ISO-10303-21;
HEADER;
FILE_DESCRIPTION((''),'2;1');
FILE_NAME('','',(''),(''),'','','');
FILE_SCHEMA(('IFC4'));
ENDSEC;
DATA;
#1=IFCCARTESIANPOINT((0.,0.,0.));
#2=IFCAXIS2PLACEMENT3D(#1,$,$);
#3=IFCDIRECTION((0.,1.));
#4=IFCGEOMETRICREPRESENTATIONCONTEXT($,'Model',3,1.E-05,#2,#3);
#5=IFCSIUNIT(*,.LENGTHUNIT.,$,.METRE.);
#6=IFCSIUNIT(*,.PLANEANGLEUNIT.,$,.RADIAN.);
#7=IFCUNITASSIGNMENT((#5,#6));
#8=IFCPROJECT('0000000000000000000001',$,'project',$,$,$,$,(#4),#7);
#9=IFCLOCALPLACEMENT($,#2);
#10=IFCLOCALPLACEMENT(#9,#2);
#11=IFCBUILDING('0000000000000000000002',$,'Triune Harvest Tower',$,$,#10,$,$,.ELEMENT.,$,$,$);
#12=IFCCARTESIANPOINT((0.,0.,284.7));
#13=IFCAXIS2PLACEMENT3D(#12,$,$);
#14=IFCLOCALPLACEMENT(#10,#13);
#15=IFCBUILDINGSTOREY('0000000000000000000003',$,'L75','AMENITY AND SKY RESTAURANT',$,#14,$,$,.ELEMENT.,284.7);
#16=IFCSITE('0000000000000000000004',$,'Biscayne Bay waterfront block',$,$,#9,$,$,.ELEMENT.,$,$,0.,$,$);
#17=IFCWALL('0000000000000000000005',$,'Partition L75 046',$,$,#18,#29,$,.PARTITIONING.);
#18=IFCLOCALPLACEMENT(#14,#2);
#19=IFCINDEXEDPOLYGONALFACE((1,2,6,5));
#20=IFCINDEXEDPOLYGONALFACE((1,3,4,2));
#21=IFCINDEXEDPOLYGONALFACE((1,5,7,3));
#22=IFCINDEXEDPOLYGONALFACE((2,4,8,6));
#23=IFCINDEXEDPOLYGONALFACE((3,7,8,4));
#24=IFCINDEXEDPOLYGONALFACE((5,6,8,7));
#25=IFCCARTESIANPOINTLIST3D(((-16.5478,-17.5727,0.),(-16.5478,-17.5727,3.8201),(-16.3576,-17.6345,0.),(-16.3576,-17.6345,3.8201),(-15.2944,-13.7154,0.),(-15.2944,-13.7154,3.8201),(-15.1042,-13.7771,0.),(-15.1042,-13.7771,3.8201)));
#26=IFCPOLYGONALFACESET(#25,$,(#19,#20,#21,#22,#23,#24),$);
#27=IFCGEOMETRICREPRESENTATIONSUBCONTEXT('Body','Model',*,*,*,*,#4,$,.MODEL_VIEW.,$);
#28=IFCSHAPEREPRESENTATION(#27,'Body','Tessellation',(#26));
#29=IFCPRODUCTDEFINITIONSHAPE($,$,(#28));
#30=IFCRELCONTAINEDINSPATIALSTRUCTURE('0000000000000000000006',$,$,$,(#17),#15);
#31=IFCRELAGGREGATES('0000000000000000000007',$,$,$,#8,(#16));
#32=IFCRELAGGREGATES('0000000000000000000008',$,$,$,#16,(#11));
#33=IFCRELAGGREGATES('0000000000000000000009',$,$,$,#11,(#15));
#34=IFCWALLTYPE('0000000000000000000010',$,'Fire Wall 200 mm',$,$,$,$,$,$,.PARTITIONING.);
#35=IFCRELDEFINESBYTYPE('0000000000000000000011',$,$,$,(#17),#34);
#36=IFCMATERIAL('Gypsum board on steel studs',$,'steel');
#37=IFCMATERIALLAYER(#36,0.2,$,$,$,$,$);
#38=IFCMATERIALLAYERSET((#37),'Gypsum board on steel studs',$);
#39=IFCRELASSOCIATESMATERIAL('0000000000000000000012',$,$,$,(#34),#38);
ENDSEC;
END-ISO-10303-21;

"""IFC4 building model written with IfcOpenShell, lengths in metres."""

from ifc_helpers import new_model, si_unit, direction, frame, frame_2d, origin, place, context, subcontext, project, spatial, rectangle, extrude, source, transform, mapped, material, layer, layer_set, type_object, element, save


model = new_model("IFC4")

# Units and contexts
model_context = context("Model", 3, precision=1e-05, world=origin(), true_north=direction((0.0, 1.0)))
body_context = subcontext(model_context, "Body", "Model", "MODEL_VIEW")
ifc_project = project(units=[si_unit("LENGTHUNIT", "METRE"), si_unit("PLANEANGLEUNIT", "RADIAN")], contexts=[model_context])

# Site, building, storey
site_placement = place(None, origin())
site = spatial("IfcSite", under=ifc_project, at=site_placement, Name="Biscayne Bay waterfront block", CompositionType="ELEMENT", RefElevation=0.0)
building_placement = place(site_placement, origin())
building = spatial("IfcBuilding", under=site, at=building_placement, Name="Triune Harvest Tower", CompositionType="ELEMENT")
storey_placement = place(building_placement, frame((0.0, 0.0, 284.7)))
storey = spatial("IfcBuildingStorey", under=building, at=storey_placement, Name="L75", Description="AMENITY AND SKY RESTAURANT", CompositionType="ELEMENT", Elevation=284.7)

# Wall
ifc_material_1 = material(Name="Gypsum board on steel studs", Category="steel")
ifc_layer_1 = layer(ifc_material_1, 0.2)
ifc_layer_set_1 = layer_set([ifc_layer_1], Name="Gypsum board on steel studs")
wall_type = type_object("IfcWallType", Name="Fire Wall 200 mm", PredefinedType="PARTITIONING", material=ifc_layer_set_1)
shared_shape_1 = source(origin(), body_context, "Body", "SweptSolid", [
    extrude(rectangle(XDim=4.0559, YDim=0.2, at=frame_2d((2.0278, 0.0))), origin(), (0.0, 0.0, 1.0), 3.8201),
])
wall_1_placement = place(storey_placement, frame((-16.4526, -17.6035, 0.0), z_axis=(0.0, 0.0, 1.0), x_axis=(0.309032, 0.951052, 0.0)))
element("IfcWall", 1, at=wall_1_placement, inside=storey, type_object=wall_type, Name="Partition L75 046", PredefinedType="PARTITIONING", context=body_context, shape_type="MappedRepresentation", body=[
    mapped(shared_shape_1, transform((0.0, 0.0, 0.0), scale=1.0)),
])

save(model, "model.ifc")
